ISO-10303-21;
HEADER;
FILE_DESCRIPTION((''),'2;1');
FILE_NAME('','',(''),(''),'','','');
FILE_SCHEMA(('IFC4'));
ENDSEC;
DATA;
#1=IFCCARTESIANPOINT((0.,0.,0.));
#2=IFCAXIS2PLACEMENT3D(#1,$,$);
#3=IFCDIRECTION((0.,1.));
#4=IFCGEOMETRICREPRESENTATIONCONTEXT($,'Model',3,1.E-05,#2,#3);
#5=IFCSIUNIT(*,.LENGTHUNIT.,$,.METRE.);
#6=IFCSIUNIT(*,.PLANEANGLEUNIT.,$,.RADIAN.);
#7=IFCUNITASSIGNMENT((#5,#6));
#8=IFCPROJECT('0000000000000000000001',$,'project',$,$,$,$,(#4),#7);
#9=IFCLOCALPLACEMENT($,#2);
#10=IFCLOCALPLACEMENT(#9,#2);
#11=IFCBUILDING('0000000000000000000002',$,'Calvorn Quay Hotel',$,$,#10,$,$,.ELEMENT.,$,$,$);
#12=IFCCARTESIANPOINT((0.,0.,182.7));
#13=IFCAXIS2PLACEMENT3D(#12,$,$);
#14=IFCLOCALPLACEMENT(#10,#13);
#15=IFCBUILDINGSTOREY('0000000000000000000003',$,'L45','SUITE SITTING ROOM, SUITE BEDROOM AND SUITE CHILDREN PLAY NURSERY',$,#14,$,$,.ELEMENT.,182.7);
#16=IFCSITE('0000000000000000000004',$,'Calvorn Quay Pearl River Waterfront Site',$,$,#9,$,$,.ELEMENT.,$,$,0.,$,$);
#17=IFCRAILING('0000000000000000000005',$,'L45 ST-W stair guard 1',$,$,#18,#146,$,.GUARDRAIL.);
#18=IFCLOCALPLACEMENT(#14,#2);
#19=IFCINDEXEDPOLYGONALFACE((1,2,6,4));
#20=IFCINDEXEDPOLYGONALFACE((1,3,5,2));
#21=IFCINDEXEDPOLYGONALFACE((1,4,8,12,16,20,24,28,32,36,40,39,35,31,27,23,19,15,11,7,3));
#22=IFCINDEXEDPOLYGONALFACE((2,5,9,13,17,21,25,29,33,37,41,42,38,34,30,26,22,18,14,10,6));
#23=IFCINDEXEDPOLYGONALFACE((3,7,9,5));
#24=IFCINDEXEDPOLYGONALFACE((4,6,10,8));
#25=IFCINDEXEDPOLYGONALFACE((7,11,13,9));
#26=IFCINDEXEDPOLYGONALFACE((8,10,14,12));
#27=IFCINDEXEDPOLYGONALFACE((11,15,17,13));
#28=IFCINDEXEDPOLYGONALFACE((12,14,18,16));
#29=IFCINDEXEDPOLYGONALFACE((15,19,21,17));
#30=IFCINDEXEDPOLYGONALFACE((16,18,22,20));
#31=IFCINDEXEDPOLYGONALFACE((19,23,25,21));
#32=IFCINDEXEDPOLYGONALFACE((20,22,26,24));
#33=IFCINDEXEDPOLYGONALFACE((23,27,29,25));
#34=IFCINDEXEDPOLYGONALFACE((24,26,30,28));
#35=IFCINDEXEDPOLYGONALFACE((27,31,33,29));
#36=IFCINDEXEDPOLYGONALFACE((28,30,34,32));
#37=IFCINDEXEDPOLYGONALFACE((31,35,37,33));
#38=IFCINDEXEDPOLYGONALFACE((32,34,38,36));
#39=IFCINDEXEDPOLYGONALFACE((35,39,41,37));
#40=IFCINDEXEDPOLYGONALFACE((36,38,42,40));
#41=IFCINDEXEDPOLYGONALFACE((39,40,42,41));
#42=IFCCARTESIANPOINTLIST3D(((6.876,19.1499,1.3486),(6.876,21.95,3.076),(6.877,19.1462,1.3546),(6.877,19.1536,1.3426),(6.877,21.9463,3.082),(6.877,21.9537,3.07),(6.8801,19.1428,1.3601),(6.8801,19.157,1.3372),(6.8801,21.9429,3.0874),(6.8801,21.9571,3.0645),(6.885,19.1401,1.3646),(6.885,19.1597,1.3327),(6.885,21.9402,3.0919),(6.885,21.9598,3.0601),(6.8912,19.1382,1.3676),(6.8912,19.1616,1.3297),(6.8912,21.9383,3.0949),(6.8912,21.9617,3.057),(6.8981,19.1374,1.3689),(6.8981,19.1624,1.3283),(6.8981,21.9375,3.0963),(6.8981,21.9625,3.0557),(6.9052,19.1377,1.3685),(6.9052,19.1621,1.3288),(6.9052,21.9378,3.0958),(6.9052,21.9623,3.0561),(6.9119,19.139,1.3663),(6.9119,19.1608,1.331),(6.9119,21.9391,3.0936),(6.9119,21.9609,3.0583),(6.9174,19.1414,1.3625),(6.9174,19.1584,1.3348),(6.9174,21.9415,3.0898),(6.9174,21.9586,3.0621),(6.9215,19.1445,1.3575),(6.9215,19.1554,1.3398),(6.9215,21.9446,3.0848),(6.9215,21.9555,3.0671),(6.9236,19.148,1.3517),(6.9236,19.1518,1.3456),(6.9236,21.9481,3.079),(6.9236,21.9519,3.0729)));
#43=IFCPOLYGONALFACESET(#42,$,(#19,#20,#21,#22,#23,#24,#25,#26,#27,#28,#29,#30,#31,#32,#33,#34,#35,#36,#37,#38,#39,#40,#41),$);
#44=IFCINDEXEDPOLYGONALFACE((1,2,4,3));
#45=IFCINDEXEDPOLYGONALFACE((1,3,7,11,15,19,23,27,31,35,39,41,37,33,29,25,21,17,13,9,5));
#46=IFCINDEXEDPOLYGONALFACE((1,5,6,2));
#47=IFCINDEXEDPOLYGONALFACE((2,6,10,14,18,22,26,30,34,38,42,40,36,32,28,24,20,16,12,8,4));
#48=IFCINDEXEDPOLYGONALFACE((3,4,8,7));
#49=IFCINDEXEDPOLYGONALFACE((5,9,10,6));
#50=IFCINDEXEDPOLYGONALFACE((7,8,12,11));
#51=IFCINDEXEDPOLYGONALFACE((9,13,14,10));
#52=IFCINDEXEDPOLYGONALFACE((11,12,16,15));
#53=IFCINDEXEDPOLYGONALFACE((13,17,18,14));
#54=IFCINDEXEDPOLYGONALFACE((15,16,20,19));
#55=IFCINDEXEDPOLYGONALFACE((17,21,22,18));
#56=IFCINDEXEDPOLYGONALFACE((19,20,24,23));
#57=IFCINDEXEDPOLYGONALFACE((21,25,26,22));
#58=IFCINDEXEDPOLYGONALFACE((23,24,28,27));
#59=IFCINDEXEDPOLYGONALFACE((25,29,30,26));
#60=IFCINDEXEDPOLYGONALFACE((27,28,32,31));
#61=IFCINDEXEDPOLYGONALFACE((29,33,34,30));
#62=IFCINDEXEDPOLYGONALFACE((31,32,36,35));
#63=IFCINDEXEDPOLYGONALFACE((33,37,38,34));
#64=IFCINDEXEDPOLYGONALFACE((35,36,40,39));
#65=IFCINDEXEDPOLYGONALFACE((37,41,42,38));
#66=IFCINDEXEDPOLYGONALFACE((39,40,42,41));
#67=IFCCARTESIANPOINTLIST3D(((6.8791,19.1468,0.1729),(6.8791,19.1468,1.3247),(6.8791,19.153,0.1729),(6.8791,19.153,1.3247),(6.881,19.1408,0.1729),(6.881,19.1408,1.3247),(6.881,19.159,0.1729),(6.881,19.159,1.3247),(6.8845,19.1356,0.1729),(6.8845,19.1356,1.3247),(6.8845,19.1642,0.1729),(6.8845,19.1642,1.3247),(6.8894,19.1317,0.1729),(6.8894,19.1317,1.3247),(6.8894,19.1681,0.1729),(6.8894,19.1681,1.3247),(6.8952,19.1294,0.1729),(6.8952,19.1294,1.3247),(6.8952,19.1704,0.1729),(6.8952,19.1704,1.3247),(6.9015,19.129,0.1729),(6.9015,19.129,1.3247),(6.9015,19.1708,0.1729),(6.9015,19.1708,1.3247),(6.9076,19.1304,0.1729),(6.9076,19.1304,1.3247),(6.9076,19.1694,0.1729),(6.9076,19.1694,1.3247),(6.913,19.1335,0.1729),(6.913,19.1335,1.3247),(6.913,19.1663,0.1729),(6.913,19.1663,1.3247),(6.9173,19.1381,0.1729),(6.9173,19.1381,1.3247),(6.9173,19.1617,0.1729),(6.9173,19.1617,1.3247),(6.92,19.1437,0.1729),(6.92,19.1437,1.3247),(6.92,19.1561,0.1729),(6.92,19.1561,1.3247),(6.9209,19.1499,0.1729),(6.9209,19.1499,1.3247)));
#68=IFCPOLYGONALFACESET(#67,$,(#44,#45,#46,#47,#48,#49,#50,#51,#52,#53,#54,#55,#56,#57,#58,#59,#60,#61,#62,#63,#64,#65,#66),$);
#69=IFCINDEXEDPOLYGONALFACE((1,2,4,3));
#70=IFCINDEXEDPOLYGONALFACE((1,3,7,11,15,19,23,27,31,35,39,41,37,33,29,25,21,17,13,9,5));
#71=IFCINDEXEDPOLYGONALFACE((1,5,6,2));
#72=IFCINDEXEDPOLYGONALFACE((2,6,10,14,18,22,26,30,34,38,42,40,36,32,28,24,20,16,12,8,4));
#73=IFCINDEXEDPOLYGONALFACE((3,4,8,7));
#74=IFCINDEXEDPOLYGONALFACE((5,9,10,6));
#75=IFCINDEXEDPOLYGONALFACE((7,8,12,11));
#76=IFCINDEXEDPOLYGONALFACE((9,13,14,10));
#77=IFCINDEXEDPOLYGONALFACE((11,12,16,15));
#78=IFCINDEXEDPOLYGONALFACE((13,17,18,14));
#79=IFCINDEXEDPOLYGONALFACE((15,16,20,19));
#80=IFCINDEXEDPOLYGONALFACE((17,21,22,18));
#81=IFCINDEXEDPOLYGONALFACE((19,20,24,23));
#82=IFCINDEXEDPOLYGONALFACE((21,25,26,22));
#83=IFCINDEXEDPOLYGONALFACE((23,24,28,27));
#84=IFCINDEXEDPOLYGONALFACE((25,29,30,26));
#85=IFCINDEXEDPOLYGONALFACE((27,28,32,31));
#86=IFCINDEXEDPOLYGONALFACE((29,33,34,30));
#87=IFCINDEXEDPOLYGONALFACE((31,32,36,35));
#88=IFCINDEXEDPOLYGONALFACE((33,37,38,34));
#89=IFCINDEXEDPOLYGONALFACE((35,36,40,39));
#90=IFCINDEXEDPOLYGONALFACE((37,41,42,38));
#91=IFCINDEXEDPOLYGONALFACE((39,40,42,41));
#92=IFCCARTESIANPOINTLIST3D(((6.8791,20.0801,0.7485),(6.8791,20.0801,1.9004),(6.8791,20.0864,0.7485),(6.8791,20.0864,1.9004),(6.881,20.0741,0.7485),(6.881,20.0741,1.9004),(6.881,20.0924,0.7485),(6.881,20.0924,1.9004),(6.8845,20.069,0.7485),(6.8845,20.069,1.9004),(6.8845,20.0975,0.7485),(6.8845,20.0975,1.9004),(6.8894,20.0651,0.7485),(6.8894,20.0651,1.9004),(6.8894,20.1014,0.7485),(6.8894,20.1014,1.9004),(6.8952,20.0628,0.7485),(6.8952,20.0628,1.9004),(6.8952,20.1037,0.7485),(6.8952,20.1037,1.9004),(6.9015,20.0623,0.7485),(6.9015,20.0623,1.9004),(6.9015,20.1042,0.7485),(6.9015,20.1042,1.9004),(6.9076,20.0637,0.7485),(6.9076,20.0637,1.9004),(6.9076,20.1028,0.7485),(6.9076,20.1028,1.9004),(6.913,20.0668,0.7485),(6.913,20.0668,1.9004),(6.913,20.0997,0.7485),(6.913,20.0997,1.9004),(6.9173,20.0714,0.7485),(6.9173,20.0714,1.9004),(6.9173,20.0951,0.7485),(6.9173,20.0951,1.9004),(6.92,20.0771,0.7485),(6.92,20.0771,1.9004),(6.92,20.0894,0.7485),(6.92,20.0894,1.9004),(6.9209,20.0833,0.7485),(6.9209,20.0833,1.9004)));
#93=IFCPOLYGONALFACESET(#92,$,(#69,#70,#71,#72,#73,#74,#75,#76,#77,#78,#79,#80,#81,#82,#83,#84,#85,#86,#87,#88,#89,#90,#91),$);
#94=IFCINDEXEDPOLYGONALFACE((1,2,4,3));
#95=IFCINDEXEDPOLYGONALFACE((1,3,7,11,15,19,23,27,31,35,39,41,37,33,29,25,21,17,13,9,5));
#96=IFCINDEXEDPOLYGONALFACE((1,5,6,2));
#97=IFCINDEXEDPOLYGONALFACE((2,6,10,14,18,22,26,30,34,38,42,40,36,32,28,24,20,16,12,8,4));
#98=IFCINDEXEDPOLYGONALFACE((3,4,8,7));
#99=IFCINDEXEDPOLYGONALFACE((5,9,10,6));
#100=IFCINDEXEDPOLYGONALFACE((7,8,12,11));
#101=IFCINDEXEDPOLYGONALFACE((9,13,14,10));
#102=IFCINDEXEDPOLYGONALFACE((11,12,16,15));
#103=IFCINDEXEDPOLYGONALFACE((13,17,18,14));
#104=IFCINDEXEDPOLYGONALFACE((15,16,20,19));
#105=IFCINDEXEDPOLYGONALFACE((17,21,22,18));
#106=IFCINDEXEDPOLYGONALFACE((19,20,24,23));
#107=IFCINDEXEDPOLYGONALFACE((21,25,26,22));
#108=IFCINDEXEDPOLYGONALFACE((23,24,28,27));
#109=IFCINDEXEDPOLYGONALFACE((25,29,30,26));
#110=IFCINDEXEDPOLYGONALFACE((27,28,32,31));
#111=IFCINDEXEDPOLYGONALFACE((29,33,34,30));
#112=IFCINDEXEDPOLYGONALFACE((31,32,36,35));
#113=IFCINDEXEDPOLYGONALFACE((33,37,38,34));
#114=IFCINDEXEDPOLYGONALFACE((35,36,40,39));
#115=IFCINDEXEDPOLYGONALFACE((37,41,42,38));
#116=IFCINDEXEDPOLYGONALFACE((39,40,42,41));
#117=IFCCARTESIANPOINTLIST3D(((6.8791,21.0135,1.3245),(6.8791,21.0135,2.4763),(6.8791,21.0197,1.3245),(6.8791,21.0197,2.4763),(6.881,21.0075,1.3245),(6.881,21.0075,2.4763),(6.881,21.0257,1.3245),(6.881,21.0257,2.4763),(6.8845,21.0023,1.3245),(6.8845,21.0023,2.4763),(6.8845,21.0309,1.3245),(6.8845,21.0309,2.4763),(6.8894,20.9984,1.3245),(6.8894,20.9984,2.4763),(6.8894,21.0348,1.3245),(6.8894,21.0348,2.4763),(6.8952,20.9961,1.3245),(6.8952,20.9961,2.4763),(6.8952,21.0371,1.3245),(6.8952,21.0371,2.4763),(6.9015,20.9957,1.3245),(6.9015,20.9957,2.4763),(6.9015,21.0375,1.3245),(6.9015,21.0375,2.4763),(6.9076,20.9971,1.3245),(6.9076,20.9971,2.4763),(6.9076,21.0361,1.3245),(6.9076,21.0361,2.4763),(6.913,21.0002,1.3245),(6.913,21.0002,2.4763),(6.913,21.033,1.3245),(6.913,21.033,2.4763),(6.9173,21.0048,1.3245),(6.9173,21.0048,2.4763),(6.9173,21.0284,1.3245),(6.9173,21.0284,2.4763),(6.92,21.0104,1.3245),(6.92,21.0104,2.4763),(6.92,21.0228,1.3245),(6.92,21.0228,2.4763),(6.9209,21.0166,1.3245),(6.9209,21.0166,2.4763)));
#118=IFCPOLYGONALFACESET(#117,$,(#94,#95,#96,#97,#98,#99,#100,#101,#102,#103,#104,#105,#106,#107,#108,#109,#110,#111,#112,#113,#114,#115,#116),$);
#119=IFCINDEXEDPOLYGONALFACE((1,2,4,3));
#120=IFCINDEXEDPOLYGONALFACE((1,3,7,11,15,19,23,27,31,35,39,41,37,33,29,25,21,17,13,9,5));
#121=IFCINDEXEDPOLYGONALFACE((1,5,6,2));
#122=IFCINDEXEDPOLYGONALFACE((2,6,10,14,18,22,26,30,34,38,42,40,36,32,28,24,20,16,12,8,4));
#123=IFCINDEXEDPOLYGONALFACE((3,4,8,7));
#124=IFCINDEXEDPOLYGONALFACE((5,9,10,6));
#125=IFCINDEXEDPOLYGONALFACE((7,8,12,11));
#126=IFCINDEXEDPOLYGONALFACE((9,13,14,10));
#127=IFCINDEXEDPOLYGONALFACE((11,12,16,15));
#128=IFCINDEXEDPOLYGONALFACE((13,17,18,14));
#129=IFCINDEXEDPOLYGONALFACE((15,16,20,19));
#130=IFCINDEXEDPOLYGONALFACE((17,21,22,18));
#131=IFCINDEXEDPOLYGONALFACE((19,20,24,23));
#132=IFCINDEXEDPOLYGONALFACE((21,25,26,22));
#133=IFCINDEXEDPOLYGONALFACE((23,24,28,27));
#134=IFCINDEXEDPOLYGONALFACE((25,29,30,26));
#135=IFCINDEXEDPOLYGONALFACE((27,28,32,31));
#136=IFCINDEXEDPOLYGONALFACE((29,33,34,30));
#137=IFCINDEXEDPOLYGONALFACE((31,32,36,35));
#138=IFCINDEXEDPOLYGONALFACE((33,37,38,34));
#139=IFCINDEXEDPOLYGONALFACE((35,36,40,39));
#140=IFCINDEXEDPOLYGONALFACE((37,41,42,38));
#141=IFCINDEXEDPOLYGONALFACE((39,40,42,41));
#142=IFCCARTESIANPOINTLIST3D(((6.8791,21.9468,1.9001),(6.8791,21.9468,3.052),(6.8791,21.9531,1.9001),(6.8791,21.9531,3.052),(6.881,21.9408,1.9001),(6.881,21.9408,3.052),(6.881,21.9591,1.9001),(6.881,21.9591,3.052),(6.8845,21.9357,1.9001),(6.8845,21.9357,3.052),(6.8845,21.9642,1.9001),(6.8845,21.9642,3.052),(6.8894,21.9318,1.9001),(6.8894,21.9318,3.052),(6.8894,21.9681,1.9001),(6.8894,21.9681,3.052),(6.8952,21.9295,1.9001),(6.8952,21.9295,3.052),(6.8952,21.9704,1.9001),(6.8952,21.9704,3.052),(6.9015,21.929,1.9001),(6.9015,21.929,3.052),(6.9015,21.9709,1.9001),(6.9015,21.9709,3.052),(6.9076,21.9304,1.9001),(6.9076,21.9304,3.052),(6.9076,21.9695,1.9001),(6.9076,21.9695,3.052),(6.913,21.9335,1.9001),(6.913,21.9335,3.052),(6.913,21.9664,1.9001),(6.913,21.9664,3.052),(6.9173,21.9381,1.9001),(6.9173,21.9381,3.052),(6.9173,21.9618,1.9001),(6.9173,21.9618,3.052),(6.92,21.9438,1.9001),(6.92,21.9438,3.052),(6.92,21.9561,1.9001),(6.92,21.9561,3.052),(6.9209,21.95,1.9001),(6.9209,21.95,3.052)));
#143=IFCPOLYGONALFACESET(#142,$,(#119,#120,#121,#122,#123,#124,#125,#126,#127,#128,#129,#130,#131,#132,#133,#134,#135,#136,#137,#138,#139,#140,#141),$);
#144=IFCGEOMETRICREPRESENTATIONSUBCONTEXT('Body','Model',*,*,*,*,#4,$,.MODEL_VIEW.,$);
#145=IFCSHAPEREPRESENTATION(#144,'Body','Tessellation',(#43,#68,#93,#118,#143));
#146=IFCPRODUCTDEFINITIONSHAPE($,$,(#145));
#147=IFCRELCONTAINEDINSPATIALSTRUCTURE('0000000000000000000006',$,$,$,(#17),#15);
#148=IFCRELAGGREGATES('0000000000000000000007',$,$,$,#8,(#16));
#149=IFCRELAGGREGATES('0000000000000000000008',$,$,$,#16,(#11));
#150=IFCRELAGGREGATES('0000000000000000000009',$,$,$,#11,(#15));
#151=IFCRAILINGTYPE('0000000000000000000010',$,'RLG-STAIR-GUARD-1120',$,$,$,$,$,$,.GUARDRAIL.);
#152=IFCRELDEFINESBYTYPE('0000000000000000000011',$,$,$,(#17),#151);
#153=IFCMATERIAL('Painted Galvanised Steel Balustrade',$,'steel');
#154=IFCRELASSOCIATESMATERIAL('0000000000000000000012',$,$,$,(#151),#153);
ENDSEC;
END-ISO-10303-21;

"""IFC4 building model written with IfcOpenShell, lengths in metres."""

from ifc_helpers import new_model, si_unit, direction, frame, origin, origin_2d, place, context, subcontext, project, spatial, circle, extrude, material, type_object, element, save


model = new_model("IFC4")

# Units and contexts
model_context = context("Model", 3, precision=1e-05, world=origin(), true_north=direction((0.0, 1.0)))
body_context = subcontext(model_context, "Body", "Model", "MODEL_VIEW")
ifc_project = project(units=[si_unit("LENGTHUNIT", "METRE"), si_unit("PLANEANGLEUNIT", "RADIAN")], contexts=[model_context])

# Site, building, storey
site_placement = place(None, origin())
site = spatial("IfcSite", under=ifc_project, at=site_placement, Name="Calvorn Quay Pearl River Waterfront Site", CompositionType="ELEMENT", RefElevation=0.0)
building_placement = place(site_placement, origin())
building = spatial("IfcBuilding", under=site, at=building_placement, Name="Calvorn Quay Hotel", CompositionType="ELEMENT")
storey_placement = place(building_placement, frame((0.0, 0.0, 182.7)))
storey = spatial("IfcBuildingStorey", under=building, at=storey_placement, Name="L45", Description="SUITE SITTING ROOM, SUITE BEDROOM AND SUITE CHILDREN PLAY NURSERY", CompositionType="ELEMENT", Elevation=182.7)

# Railing
ifc_material_1 = material(Name="Painted Galvanised Steel Balustrade", Category="steel")
railing_type_1 = type_object("IfcRailingType", Name="RLG-STAIR-GUARD-1120", PredefinedType="GUARDRAIL", material=ifc_material_1)
railing_1_placement = place(storey_placement, frame((6.8999, 19.1499, 0.1729)))
element("IfcRailing", 1, at=railing_1_placement, inside=storey, type_object=railing_type_1, Name="L45 ST-W stair guard 1", PredefinedType="GUARDRAIL", context=body_context, shape_type="SweptSolid", body=[
    extrude(circle(Radius=0.0239, at=origin_2d()), frame((0.0, 0.0, 1.1758), z_axis=(0.0, 0.85109, 0.52502), x_axis=(-1.0, 0.0, 0.0)), (0.0, 0.0, 1.0), 3.29),
    extrude(circle(Radius=0.021, at=origin_2d()), origin(), (0.0, 0.0, 1.0), 1.1519),
    extrude(circle(Radius=0.021, at=origin_2d()), frame((0.0, 0.9333, 0.5757)), (0.0, 0.0, 1.0), 1.1519),
    extrude(circle(Radius=0.021, at=origin_2d()), frame((0.0, 1.8667, 1.1516)), (0.0, 0.0, 1.0), 1.1519),
    extrude(circle(Radius=0.021, at=origin_2d()), frame((0.0, 2.8, 1.7273)), (0.0, 0.0, 1.0), 1.1519),
])

save(model, "model.ifc")
